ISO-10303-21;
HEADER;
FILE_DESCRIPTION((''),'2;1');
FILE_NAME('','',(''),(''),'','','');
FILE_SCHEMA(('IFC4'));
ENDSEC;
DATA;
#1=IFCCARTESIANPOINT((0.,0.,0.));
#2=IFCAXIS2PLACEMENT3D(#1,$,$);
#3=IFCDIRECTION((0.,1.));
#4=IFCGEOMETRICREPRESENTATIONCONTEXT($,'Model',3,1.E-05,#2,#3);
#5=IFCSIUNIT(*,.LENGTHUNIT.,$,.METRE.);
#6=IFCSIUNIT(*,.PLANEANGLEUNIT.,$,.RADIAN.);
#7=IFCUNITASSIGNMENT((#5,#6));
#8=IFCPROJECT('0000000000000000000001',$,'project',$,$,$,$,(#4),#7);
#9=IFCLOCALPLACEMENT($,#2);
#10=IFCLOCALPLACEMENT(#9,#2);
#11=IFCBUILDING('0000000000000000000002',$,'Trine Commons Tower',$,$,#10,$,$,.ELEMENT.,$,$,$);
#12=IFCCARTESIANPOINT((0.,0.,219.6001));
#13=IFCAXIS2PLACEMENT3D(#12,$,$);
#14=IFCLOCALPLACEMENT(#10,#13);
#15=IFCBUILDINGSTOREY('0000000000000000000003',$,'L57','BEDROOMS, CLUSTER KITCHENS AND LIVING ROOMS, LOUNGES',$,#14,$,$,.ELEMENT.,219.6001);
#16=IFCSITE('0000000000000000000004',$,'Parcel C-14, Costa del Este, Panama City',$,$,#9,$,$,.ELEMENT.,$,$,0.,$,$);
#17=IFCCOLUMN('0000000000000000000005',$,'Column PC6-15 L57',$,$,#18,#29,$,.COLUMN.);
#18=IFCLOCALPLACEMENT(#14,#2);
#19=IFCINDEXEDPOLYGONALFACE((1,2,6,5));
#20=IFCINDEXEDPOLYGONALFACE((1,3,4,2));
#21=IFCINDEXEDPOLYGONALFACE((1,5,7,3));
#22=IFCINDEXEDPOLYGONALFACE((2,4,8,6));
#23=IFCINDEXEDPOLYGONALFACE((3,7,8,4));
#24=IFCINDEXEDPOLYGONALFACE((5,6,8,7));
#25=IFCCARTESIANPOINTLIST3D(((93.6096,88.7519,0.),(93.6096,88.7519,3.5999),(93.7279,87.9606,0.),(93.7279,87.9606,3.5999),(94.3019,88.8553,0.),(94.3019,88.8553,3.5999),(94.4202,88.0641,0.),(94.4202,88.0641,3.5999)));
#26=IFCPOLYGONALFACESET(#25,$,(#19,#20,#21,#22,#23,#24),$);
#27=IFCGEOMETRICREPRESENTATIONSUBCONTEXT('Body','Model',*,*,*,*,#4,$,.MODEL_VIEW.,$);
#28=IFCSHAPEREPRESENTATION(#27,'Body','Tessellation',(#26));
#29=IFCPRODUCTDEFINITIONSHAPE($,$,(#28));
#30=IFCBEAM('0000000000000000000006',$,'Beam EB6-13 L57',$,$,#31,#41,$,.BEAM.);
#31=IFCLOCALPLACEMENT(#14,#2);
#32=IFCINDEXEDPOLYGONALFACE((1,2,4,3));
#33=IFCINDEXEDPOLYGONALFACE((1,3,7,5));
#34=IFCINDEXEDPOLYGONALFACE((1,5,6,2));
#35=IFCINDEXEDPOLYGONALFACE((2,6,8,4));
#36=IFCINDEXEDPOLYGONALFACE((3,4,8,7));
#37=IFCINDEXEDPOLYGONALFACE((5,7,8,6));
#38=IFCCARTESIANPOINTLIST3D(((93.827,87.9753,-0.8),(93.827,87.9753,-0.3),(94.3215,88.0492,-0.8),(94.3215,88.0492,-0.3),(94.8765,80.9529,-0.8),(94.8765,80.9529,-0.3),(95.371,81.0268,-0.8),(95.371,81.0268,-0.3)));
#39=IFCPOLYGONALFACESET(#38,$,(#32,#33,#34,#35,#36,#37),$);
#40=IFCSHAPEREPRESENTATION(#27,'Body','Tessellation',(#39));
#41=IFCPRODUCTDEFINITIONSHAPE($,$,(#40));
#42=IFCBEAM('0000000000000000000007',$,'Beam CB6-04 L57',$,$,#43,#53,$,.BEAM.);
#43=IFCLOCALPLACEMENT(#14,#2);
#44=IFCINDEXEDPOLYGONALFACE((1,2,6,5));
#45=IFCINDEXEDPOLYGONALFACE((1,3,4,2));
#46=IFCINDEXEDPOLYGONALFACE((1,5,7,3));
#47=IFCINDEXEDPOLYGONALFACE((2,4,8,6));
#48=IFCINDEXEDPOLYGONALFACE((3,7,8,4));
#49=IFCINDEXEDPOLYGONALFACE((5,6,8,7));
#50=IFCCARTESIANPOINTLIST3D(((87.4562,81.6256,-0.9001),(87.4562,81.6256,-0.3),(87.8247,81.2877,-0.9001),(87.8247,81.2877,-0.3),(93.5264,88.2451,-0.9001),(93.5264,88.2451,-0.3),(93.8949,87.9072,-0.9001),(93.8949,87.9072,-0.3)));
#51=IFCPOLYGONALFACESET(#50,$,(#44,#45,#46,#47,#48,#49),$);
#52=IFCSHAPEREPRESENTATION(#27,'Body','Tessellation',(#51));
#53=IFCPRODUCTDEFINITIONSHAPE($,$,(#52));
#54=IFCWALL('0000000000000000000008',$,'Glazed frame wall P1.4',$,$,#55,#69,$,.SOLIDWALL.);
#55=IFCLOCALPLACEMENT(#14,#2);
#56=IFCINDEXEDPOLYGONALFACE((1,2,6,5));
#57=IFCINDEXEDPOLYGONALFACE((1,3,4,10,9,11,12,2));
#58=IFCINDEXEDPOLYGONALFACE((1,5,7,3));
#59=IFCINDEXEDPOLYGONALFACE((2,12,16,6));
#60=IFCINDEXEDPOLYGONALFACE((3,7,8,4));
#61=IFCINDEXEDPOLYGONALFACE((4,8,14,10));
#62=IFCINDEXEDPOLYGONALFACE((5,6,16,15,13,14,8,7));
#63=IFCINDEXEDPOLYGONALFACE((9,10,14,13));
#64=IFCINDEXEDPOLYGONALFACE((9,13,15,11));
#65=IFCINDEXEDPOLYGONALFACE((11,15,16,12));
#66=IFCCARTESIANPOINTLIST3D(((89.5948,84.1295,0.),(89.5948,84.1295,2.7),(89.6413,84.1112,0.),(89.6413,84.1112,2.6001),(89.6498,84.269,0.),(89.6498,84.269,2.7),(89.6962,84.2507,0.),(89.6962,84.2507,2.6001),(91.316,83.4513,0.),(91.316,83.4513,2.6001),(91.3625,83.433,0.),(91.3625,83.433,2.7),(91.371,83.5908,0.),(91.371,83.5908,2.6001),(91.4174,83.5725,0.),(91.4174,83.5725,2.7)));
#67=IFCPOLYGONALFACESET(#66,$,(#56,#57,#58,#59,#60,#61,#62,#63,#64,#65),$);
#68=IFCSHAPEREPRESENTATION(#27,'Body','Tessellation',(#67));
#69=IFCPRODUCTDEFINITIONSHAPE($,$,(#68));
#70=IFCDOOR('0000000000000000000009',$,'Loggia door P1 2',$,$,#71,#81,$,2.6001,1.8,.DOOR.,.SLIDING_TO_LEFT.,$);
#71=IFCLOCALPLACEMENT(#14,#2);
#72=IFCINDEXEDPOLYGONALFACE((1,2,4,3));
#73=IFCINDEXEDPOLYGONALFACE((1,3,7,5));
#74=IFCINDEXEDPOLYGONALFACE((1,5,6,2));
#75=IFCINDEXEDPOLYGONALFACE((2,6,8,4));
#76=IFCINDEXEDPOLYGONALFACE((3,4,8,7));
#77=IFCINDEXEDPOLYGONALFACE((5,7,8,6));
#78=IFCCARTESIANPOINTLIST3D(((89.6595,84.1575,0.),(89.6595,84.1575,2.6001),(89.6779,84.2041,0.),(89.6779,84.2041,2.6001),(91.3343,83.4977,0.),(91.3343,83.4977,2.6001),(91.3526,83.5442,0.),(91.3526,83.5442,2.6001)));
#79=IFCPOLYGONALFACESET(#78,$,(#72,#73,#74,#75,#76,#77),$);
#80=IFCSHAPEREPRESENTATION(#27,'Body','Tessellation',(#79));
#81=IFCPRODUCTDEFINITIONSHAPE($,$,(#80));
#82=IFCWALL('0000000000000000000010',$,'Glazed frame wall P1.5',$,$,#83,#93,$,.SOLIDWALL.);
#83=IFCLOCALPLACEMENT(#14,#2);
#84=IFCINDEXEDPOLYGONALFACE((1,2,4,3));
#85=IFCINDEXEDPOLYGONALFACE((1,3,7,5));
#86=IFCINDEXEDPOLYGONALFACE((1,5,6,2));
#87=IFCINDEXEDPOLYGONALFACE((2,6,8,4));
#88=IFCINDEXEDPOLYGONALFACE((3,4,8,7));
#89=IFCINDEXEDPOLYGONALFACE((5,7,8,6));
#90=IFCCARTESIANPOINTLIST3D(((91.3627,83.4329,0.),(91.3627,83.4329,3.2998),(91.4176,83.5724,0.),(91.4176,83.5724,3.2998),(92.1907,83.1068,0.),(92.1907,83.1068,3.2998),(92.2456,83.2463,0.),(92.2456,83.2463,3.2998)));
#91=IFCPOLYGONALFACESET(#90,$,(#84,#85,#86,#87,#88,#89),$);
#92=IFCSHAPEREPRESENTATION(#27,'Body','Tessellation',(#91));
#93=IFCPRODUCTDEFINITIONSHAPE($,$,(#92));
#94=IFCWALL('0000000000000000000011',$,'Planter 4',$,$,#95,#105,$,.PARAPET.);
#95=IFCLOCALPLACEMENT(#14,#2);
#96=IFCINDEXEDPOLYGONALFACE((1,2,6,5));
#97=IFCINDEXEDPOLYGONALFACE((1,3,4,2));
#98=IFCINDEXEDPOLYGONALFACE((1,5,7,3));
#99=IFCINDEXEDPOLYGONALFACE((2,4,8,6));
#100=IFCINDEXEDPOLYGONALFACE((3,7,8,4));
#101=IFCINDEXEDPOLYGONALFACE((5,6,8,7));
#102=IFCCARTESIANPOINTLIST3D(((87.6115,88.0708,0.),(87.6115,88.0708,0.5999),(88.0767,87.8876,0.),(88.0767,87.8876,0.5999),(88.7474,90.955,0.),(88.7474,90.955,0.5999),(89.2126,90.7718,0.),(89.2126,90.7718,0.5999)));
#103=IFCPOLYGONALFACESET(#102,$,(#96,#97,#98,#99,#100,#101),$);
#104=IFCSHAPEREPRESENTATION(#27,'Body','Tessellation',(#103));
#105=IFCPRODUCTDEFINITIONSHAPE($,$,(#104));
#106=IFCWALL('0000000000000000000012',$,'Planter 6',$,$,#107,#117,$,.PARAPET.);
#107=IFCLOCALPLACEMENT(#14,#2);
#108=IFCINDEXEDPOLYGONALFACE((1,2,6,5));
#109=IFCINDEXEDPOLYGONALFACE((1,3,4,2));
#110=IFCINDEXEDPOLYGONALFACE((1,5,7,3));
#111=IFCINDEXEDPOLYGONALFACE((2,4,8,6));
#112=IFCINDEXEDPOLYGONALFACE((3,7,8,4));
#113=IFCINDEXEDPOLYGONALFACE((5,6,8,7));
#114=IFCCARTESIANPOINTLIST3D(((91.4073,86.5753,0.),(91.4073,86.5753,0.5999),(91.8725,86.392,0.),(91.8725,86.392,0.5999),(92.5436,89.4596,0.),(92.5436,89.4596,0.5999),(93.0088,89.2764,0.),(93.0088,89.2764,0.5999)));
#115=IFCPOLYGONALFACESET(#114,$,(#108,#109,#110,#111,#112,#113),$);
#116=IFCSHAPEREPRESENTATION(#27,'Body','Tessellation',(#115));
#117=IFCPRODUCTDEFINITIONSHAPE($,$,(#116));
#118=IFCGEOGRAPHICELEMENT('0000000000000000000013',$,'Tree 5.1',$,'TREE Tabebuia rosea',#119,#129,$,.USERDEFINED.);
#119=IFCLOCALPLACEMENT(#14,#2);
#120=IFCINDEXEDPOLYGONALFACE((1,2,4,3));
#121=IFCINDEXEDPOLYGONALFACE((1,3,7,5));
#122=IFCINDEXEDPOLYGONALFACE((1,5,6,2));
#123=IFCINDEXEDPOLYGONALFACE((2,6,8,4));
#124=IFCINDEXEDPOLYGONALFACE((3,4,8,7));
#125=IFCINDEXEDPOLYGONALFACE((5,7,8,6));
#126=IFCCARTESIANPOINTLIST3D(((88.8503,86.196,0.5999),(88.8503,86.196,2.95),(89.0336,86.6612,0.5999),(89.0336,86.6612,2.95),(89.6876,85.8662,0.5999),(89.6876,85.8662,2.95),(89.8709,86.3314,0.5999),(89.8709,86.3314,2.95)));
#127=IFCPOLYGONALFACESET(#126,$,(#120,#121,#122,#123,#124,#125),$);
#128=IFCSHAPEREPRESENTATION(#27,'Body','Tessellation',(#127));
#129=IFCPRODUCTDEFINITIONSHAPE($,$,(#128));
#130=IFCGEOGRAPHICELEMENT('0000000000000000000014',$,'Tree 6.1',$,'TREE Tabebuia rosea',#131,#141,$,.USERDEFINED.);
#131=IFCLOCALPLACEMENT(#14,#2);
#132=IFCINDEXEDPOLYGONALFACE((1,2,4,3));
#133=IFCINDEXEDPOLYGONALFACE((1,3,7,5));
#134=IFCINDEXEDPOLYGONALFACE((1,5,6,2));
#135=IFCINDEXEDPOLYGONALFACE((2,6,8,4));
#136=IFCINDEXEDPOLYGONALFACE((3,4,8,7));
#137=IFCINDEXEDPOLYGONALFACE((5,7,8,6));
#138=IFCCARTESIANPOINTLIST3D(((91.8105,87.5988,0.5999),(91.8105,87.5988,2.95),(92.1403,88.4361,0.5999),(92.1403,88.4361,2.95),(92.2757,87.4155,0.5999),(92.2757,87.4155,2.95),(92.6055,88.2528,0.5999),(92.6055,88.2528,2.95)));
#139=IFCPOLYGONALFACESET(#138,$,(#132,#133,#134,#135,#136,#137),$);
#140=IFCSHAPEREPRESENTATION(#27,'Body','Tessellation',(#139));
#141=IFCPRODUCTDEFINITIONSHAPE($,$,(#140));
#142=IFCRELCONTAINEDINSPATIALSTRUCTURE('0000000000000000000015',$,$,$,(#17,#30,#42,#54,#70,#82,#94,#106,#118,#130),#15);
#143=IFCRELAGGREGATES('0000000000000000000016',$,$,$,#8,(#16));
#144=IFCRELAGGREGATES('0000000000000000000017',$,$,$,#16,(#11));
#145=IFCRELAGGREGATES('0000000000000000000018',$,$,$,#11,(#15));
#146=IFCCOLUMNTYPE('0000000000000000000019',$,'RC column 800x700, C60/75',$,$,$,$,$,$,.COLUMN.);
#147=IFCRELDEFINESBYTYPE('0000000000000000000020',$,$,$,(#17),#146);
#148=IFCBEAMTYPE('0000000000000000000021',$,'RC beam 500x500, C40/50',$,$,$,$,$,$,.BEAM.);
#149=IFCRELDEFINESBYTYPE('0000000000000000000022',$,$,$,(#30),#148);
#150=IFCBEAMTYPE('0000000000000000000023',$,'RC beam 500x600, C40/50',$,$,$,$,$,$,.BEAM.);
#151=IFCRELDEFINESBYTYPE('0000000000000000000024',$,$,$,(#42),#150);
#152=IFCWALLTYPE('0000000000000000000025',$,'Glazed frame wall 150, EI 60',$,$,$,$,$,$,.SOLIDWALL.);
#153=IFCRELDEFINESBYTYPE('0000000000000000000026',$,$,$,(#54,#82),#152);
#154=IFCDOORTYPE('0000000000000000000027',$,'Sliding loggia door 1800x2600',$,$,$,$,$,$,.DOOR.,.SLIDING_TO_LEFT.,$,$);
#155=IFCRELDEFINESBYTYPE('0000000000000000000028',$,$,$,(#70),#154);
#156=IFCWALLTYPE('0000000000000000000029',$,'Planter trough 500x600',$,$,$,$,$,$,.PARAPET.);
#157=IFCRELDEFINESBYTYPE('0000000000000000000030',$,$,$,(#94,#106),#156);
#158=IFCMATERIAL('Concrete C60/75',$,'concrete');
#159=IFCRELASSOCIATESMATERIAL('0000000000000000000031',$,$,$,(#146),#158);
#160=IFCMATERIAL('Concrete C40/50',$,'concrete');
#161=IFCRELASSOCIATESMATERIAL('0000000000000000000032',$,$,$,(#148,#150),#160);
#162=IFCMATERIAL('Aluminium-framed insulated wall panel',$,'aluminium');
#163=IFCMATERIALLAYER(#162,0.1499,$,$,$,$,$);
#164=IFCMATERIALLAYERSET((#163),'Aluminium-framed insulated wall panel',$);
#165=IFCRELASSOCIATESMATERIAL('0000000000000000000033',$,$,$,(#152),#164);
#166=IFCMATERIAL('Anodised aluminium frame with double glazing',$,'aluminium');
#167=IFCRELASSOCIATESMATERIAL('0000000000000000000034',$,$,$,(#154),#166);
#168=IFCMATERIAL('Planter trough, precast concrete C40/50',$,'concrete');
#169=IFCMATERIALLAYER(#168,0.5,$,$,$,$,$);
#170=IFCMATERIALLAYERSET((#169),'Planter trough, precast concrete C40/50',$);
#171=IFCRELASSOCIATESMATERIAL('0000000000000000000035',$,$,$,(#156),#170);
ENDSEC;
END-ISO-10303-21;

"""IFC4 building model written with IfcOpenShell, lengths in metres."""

from ifc_helpers import new_model, si_unit, direction, frame, frame_2d, origin, origin_2d, place, context, subcontext, project, spatial, polyline, rectangle, outline, extrude, material, layer, layer_set, material_profile, profile_set, type_object, element, fill, save


model = new_model("IFC4")

# Units and contexts
model_context = context("Model", 3, precision=1e-05, world=origin(), true_north=direction((0.0, 1.0)))
body_context = subcontext(model_context, "Body", "Model", "MODEL_VIEW")
ifc_project = project(units=[si_unit("LENGTHUNIT", "METRE"), si_unit("PLANEANGLEUNIT", "RADIAN")], contexts=[model_context])

# Site, building, storey
site_placement = place(None, origin())
site = spatial("IfcSite", under=ifc_project, at=site_placement, Name="Parcel C-14, Costa del Este, Panama City", CompositionType="ELEMENT", RefElevation=0.0)
building_placement = place(site_placement, origin())
building = spatial("IfcBuilding", under=site, at=building_placement, Name="Trine Commons Tower", CompositionType="ELEMENT")
storey_placement = place(building_placement, frame((0.0, 0.0, 219.6001)))
storey = spatial("IfcBuildingStorey", under=building, at=storey_placement, Name="L57", Description="BEDROOMS, CLUSTER KITCHENS AND LIVING ROOMS, LOUNGES", CompositionType="ELEMENT", Elevation=219.6001)

# Column
ifc_material_1 = material(Name="Concrete C60/75", Category="concrete")
ifc_material_profile_1 = material_profile(ifc_material_1, rectangle(XDim=0.8, YDim=0.7, at=origin_2d()), Name="RC 800x700")
ifc_profile_set_1 = profile_set([ifc_material_profile_1], Name="Concrete C60/75")
column_type = type_object("IfcColumnType", Name="RC column 800x700, C60/75", PredefinedType="COLUMN", material=ifc_profile_set_1)
column_placement = place(storey_placement, frame((94.0149, 88.408, 0.0), z_axis=(0.0, 0.0, 1.0), x_axis=(-0.147809, 0.989016, 0.0)))
element("IfcColumn", 1, at=column_placement, inside=storey, type_object=column_type, Name="Column PC6-15 L57", PredefinedType="COLUMN", context=body_context, shape_type="SweptSolid", body=[
    extrude(rectangle(XDim=0.8, YDim=0.7, at=origin_2d()), origin(), (0.0, 0.0, 1.0), 3.5999),
])

# Beams
ifc_material_2 = material(Name="Concrete C40/50", Category="concrete")
ifc_material_profile_2 = material_profile(ifc_material_2, rectangle(XDim=0.5, YDim=0.5, at=origin_2d()), Name="RC 500x500")
ifc_profile_set_2 = profile_set([ifc_material_profile_2], Name="Concrete C40/50")
beam_type_1 = type_object("IfcBeamType", Name="RC beam 500x500, C40/50", PredefinedType="BEAM", material=ifc_profile_set_2)
beam_1_placement = place(storey_placement, frame((94.0742, 88.0122, -0.55), z_axis=(0.147816, -0.989015, 0.0), x_axis=(0.989015, 0.147816, 0.0)))
element("IfcBeam", 2, at=beam_1_placement, inside=storey, type_object=beam_type_1, Name="Beam EB6-13 L57", PredefinedType="BEAM", context=body_context, shape_type="SweptSolid", body=[
    extrude(rectangle(XDim=0.5, YDim=0.5, at=origin_2d()), origin(), (0.0, 0.0, 1.0), 7.1003),
])
ifc_material_profile_3 = material_profile(ifc_material_2, rectangle(XDim=0.5, YDim=0.6001, at=origin_2d()), Name="RC 500x600")
ifc_profile_set_3 = profile_set([ifc_material_profile_3], Name="Concrete C40/50")
beam_type_2 = type_object("IfcBeamType", Name="RC beam 500x600, C40/50", PredefinedType="BEAM", material=ifc_profile_set_3)
beam_2_placement = place(storey_placement, frame((93.7107, 88.0762, -0.6001), z_axis=(-0.675865, -0.737025, 0.0), x_axis=(0.737025, -0.675865, 0.0)))
element("IfcBeam", 3, at=beam_2_placement, inside=storey, type_object=beam_type_2, Name="Beam CB6-04 L57", PredefinedType="BEAM", context=body_context, shape_type="SweptSolid", body=[
    extrude(rectangle(XDim=0.5, YDim=0.6001, at=origin_2d()), origin(), (0.0, 0.0, 1.0), 8.9814),
])

# Wall, opening, door
ifc_material_3 = material(Name="Aluminium-framed insulated wall panel", Category="aluminium")
ifc_layer_1 = layer(ifc_material_3, 0.1499)
ifc_layer_set_1 = layer_set([ifc_layer_1], Name="Aluminium-framed insulated wall panel")
wall_type_1 = type_object("IfcWallType", Name="Glazed frame wall 150, EI 60", PredefinedType="SOLIDWALL", material=ifc_layer_set_1)
wall_1_placement = place(storey_placement, frame((89.6223, 84.1992, 0.0), z_axis=(0.0, 0.0, 1.0), x_axis=(0.930387, -0.366578, 0.0)))
wall_1 = element("IfcWall", 4, at=wall_1_placement, inside=storey, type_object=wall_type_1, Name="Glazed frame wall P1.4", PredefinedType="SOLIDWALL", context=body_context, shape_type="SweptSolid", body=[
    extrude(outline(polyline([(0.0, -0.075), (1.8999, -0.075), (1.8999, 0.075), (0.0, 0.075), (0.0, -0.075)])), origin(), (0.0, 0.0, 1.0), 2.7),
])
opening_1_placement = place(wall_1_placement, frame((0.05, 0.0, 0.0)))
opening_1 = element("IfcOpeningElement", 5, at=opening_1_placement, cuts=wall_1, PredefinedType="OPENING", context=body_context, shape_type="SweptSolid", body=[
    extrude(rectangle(XDim=1.8, YDim=2.6001, at=frame_2d((0.8999, 1.3))), frame((0.0, 0.085, 0.0), z_axis=(0.0, -1.0, 0.0), x_axis=(1.0, 0.0, 0.0)), (0.0, 0.0, 1.0), 0.1699),
])
ifc_material_4 = material(Name="Anodised aluminium frame with double glazing", Category="aluminium")
door_type = type_object("IfcDoorType", Name="Sliding loggia door 1800x2600", OperationType="SLIDING_TO_LEFT", PredefinedType="DOOR", material=ifc_material_4)
door_1_placement = place(opening_1_placement, origin())
door_1 = element("IfcDoor", 6, at=door_1_placement, inside=storey, type_object=door_type, Name="Loggia door P1 2", OperationType="SLIDING_TO_LEFT", OverallHeight=2.6001, OverallWidth=1.8, PredefinedType="DOOR", context=body_context, shape_type="SweptSolid", body=[
    extrude(rectangle(XDim=1.8, YDim=2.6001, at=frame_2d((0.8999, 1.3))), frame((0.0, 0.0249, 0.0), z_axis=(0.0, -1.0, 0.0), x_axis=(1.0, 0.0, 0.0)), (0.0, 0.0, 1.0), 0.05),
])
fill(opening_1, door_1)

# Wall
wall_2_placement = place(storey_placement, frame((91.3901, 83.5027, 0.0), z_axis=(0.0, 0.0, 1.0), x_axis=(0.930434, -0.36646, 0.0)))
element("IfcWall", 7, at=wall_2_placement, inside=storey, type_object=wall_type_1, Name="Glazed frame wall P1.5", PredefinedType="SOLIDWALL", context=body_context, shape_type="SweptSolid", body=[
    extrude(outline(polyline([(0.8899, 0.075), (0.0, 0.075), (0.0, -0.075), (0.8899, -0.075), (0.8899, 0.075)])), origin(), (0.0, 0.0, 1.0), 3.2998),
])

# Walls
ifc_material_5 = material(Name="Planter trough, precast concrete C40/50", Category="concrete")
ifc_layer_2 = layer(ifc_material_5, 0.5)
ifc_layer_set_2 = layer_set([ifc_layer_2], Name="Planter trough, precast concrete C40/50")
wall_type_2 = type_object("IfcWallType", Name="Planter trough 500x600", PredefinedType="PARAPET", material=ifc_layer_set_2)
wall_3_placement = place(storey_placement, frame((88.98, 90.8633, 0.0), z_axis=(0.0, 0.0, 1.0), x_axis=(-0.366456, -0.930435, 0.0)))
element("IfcWall", 8, at=wall_3_placement, inside=storey, type_object=wall_type_2, Name="Planter 4", PredefinedType="PARAPET", context=body_context, shape_type="SweptSolid", body=[
    extrude(rectangle(XDim=3.0999, YDim=0.5, at=frame_2d((1.5498, 0.0))), origin(), (0.0, 0.0, 1.0), 0.5999),
])
wall_4_placement = place(storey_placement, frame((91.6399, 86.4836, 0.0), z_axis=(0.0, 0.0, 1.0), x_axis=(0.366525, 0.930408, 0.0)))
element("IfcWall", 9, at=wall_4_placement, inside=storey, type_object=wall_type_2, Name="Planter 6", PredefinedType="PARAPET", context=body_context, shape_type="SweptSolid", body=[
    extrude(rectangle(XDim=3.1001, YDim=0.5, at=frame_2d((1.55, 0.0))), origin(), (0.0, 0.0, 1.0), 0.5999),
])

# Geographic elements
for number, where, z_axis, x_axis, name in (
    (10, (89.3606, 86.2637, 0.5999), (0.0, 0.0, 1.0), (0.930417, -0.366503, 0.0), "Tree 5.1"),
    (11, (92.208, 87.9258, 0.5999), (0.0, 0.0, 1.0), (0.366521, 0.93041, 0.0), "Tree 6.1"),
):
    element("IfcGeographicElement", number, at=place(storey_placement, frame(where, z_axis=z_axis, x_axis=x_axis)), inside=storey, Name=name, ObjectType="TREE Tabebuia rosea", PredefinedType="USERDEFINED", context=body_context, shape_type="SweptSolid", body=[
        extrude(rectangle(XDim=0.8999, YDim=0.5, at=origin_2d()), origin(), (0.0, 0.0, 1.0), 2.3501),
    ])

save(model, "model.ifc")
